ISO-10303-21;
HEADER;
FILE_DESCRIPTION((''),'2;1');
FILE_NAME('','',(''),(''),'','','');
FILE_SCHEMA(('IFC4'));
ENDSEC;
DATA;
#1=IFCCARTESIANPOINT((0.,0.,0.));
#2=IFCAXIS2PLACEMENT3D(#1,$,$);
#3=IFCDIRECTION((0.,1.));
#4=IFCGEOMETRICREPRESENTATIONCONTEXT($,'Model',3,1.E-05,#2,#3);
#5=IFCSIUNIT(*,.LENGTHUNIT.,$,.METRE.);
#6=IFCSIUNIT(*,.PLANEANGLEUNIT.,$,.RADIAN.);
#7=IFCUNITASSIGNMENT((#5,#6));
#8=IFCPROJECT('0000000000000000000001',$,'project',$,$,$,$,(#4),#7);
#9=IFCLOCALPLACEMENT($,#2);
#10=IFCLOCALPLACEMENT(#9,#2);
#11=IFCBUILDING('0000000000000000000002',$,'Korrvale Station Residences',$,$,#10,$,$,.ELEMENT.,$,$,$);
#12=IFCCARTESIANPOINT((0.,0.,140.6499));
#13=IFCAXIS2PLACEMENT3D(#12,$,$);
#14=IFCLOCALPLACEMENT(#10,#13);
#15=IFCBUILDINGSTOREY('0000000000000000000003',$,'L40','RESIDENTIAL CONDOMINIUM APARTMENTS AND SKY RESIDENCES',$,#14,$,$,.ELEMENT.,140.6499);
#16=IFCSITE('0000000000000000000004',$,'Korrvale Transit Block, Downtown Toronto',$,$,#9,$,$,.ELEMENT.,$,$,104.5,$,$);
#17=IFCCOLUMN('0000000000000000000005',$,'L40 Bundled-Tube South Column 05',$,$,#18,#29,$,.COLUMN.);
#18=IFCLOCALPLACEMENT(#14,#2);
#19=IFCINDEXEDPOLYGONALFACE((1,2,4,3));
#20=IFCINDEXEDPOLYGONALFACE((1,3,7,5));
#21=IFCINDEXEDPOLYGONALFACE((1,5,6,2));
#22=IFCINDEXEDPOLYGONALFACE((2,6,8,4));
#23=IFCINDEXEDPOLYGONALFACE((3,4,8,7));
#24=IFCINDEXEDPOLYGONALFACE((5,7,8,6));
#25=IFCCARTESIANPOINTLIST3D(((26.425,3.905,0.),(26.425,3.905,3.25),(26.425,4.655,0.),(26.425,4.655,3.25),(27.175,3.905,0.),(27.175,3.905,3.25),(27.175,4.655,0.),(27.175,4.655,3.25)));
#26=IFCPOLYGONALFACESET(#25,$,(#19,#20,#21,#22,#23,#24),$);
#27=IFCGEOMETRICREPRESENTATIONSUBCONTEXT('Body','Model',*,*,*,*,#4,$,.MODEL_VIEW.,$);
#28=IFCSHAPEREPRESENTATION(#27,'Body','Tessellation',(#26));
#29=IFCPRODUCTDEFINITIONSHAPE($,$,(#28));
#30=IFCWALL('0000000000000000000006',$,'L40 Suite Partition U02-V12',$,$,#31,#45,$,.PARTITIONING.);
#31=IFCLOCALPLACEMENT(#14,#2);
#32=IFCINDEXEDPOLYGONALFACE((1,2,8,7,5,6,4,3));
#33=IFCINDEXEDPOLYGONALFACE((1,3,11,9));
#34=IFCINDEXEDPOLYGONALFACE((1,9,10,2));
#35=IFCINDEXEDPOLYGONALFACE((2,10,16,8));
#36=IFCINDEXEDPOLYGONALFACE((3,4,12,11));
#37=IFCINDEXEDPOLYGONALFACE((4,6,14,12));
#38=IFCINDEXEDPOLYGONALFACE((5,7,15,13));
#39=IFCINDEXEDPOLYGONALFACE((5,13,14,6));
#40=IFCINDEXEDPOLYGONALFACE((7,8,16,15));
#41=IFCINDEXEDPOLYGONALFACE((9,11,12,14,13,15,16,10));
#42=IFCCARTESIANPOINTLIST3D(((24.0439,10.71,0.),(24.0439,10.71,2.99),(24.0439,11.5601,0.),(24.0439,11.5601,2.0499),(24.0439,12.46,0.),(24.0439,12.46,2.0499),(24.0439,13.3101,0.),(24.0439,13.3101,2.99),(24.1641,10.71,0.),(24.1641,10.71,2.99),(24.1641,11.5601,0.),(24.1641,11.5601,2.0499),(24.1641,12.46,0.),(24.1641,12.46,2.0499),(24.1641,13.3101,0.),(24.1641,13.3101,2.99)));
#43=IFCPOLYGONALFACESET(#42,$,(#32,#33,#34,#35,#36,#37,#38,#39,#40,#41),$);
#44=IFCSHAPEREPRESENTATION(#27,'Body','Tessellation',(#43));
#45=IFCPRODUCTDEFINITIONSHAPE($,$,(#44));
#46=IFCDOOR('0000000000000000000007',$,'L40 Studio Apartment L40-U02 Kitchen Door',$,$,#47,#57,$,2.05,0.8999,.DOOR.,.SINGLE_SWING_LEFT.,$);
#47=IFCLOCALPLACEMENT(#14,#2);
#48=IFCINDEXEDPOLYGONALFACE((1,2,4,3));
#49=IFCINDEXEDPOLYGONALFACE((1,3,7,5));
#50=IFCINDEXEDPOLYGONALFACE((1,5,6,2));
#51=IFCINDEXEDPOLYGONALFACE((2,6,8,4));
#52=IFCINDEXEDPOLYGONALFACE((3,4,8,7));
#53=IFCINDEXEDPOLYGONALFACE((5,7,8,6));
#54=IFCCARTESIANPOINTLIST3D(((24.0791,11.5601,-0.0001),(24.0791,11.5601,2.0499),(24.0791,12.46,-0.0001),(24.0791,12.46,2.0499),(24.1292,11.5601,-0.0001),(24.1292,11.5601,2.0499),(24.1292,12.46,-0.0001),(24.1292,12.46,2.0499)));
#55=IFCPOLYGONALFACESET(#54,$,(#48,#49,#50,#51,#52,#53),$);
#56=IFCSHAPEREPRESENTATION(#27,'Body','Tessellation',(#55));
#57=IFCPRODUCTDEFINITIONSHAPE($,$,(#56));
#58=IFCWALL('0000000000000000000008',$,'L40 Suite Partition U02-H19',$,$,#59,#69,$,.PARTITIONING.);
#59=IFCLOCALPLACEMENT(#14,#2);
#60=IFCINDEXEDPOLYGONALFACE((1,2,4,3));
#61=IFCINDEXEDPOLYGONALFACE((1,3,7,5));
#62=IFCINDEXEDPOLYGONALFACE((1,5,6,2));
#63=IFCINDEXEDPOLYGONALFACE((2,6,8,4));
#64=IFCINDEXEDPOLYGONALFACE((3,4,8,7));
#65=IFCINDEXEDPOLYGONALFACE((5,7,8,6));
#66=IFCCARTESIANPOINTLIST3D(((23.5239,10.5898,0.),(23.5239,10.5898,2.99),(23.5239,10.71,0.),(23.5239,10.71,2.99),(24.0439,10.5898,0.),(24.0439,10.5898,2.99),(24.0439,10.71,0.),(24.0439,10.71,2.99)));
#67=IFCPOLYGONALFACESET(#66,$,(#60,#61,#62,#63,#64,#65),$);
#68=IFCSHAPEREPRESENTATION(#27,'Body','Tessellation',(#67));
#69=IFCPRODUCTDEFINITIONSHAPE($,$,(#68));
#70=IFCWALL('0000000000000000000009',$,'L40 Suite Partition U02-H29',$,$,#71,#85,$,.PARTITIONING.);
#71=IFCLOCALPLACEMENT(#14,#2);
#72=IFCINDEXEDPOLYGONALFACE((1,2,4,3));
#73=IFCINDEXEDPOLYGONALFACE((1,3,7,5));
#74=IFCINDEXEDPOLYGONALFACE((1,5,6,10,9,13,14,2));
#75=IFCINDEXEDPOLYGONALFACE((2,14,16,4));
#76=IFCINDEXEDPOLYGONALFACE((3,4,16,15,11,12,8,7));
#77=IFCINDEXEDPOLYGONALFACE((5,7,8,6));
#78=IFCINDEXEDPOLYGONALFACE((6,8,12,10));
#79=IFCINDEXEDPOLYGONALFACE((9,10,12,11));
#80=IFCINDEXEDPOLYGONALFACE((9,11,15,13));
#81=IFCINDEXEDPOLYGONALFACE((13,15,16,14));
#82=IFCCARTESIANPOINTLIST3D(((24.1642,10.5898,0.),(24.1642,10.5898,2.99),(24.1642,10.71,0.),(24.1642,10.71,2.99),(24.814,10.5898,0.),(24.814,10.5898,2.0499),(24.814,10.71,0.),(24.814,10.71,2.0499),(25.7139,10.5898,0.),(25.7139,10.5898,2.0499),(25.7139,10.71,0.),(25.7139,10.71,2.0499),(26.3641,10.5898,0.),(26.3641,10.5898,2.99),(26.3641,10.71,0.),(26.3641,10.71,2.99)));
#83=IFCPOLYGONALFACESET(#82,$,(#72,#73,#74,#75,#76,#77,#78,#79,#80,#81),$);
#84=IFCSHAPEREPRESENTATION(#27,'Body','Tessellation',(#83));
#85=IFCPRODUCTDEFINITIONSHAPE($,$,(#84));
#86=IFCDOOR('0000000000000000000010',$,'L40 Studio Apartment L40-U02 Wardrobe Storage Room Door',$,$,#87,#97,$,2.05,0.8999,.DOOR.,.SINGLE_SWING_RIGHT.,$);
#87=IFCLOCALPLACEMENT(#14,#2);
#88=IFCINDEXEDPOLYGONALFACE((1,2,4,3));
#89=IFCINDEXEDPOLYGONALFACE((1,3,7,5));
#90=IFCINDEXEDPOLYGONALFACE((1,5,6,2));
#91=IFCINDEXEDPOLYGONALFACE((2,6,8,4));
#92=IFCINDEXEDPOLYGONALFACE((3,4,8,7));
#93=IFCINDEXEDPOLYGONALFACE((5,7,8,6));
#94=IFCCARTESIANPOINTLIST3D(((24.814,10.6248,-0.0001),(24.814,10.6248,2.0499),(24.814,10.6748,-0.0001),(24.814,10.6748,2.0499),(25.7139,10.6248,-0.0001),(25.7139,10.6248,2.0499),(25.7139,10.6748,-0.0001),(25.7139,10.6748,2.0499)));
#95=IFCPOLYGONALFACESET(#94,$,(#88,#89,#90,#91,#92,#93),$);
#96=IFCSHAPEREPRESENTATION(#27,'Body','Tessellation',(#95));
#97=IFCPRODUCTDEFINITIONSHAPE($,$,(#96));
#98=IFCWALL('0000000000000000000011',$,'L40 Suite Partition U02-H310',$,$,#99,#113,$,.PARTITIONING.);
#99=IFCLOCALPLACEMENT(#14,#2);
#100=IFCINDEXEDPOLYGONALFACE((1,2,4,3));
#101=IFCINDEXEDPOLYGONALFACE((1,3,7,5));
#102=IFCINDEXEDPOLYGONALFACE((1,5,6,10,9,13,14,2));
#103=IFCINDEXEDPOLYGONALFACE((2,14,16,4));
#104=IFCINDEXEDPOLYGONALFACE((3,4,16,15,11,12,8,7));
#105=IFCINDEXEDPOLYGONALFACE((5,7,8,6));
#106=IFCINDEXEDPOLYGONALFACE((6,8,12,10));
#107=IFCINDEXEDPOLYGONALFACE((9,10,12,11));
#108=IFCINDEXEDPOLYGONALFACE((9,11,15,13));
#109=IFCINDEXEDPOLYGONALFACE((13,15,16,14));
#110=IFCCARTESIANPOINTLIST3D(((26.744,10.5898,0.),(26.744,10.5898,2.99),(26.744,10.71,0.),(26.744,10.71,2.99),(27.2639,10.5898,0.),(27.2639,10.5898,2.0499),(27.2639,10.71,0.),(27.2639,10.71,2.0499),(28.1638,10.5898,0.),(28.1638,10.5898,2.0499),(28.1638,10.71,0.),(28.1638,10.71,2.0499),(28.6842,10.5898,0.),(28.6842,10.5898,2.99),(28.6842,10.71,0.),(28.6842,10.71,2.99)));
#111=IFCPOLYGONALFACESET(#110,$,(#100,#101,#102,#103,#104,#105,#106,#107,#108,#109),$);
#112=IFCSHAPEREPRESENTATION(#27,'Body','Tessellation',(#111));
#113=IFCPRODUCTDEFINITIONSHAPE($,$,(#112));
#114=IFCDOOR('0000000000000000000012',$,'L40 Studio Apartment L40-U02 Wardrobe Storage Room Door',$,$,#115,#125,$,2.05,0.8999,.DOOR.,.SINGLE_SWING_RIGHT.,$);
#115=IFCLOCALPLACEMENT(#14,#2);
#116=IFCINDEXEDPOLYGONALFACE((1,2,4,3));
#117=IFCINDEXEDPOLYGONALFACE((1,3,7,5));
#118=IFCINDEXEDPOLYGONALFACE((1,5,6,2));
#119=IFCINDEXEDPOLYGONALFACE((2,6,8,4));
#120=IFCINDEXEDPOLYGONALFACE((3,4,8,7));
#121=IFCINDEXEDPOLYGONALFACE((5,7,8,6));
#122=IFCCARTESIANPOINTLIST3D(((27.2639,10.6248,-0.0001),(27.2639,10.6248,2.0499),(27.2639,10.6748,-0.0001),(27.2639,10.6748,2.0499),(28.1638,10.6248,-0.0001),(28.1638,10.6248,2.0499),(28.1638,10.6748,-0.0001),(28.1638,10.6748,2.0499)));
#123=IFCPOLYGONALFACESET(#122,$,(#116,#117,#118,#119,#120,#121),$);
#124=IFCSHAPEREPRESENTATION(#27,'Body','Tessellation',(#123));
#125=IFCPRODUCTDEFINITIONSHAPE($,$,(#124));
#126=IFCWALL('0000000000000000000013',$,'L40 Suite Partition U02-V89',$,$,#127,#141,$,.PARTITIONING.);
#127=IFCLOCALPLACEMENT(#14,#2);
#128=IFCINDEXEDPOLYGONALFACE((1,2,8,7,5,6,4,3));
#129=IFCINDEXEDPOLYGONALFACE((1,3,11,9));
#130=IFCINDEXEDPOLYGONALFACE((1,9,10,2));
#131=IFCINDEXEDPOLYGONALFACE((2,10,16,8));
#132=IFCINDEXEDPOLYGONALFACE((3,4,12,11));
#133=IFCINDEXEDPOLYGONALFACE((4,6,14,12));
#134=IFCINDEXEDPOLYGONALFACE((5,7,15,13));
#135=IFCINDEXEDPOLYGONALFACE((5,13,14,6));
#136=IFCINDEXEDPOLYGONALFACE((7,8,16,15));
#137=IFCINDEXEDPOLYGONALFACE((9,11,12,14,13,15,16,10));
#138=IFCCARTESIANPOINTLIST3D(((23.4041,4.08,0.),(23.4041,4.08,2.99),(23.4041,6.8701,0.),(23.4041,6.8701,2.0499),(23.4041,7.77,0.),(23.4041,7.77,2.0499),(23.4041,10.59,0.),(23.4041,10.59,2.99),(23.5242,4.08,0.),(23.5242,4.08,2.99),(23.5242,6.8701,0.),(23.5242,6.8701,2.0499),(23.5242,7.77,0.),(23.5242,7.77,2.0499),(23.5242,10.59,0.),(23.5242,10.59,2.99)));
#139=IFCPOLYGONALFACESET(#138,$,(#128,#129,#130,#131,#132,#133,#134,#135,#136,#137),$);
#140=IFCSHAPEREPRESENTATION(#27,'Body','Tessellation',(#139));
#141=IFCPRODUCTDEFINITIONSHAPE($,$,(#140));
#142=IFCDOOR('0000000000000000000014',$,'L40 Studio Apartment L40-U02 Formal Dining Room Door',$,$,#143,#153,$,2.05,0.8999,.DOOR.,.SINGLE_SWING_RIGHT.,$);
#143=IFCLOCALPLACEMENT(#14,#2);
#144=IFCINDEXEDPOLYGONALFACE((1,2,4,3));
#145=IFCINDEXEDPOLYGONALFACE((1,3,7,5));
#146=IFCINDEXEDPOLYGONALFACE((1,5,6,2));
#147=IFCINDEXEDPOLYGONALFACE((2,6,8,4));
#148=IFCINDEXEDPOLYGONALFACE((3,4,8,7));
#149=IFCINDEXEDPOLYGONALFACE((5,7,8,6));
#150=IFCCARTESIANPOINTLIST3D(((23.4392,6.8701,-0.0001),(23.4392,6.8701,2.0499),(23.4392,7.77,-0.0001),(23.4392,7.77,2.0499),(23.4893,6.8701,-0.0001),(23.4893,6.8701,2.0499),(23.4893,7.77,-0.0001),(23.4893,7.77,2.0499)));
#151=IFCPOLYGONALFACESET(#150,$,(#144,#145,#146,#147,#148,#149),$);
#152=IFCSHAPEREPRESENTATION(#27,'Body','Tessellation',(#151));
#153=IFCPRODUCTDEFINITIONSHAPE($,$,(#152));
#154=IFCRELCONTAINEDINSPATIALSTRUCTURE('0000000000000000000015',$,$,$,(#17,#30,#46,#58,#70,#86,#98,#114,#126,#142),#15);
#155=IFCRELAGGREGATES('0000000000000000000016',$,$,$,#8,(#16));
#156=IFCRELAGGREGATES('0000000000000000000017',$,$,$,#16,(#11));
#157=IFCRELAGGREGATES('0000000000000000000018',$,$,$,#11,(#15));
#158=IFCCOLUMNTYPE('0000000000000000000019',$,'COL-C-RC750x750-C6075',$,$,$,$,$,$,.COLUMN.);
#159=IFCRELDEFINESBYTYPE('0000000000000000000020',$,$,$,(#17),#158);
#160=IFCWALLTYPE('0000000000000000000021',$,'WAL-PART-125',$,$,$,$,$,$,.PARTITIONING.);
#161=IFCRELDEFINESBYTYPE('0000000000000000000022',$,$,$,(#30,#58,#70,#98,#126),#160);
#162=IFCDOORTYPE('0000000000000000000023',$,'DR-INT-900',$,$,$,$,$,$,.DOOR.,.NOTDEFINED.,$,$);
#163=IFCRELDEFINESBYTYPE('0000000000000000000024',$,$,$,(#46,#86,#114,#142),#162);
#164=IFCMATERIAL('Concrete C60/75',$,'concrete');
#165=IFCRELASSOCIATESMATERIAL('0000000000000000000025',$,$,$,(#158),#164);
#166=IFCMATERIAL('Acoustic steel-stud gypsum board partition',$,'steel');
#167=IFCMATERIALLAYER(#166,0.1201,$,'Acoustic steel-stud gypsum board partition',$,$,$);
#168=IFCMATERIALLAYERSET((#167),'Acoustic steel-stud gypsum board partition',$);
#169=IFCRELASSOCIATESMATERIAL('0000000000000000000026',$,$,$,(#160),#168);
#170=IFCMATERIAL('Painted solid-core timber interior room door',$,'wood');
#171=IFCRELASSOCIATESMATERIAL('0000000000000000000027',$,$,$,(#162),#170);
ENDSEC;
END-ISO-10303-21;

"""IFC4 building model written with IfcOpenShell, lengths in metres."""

from ifc_helpers import new_model, si_unit, direction, frame, frame_2d, origin, origin_2d, place, context, subcontext, project, spatial, rectangle, extrude, material, layer, layer_set, material_profile, profile_set, type_object, element, fill, save


model = new_model("IFC4")

# Units and contexts
model_context = context("Model", 3, precision=1e-05, world=origin(), true_north=direction((0.0, 1.0)))
body_context = subcontext(model_context, "Body", "Model", "MODEL_VIEW")
ifc_project = project(units=[si_unit("LENGTHUNIT", "METRE"), si_unit("PLANEANGLEUNIT", "RADIAN")], contexts=[model_context])

# Site, building, storey
site_placement = place(None, origin())
site = spatial("IfcSite", under=ifc_project, at=site_placement, Name="Korrvale Transit Block, Downtown Toronto", CompositionType="ELEMENT", RefElevation=104.5)
building_placement = place(site_placement, origin())
building = spatial("IfcBuilding", under=site, at=building_placement, Name="Korrvale Station Residences", CompositionType="ELEMENT")
storey_placement = place(building_placement, frame((0.0, 0.0, 140.6499)))
storey = spatial("IfcBuildingStorey", under=building, at=storey_placement, Name="L40", Description="RESIDENTIAL CONDOMINIUM APARTMENTS AND SKY RESIDENCES", CompositionType="ELEMENT", Elevation=140.6499)

# Column
ifc_material_1 = material(Name="Concrete C60/75", Category="concrete")
ifc_material_profile = material_profile(ifc_material_1, rectangle(XDim=0.75, YDim=0.75, at=origin_2d()), Name="RC750x750")
ifc_profile_set = profile_set([ifc_material_profile], Name="Concrete C60/75")
column_type = type_object("IfcColumnType", Name="COL-C-RC750x750-C6075", PredefinedType="COLUMN", material=ifc_profile_set)
column_placement = place(storey_placement, frame((26.8, 4.28, 0.0), z_axis=(0.0, 0.0, 1.0), x_axis=(1.0, 0.0, 0.0)))
element("IfcColumn", 1, at=column_placement, inside=storey, type_object=column_type, Name="L40 Bundled-Tube South Column 05", PredefinedType="COLUMN", context=body_context, shape_type="SweptSolid", body=[
    extrude(rectangle(XDim=0.75, YDim=0.75, at=origin_2d()), origin(), (0.0, 0.0, 1.0), 3.25),
])

# Wall, opening, door
ifc_material_2 = material(Name="Acoustic steel-stud gypsum board partition", Category="steel")
ifc_layer_1 = layer(ifc_material_2, 0.1201, Name="Acoustic steel-stud gypsum board partition")
ifc_layer_set_1 = layer_set([ifc_layer_1], Name="Acoustic steel-stud gypsum board partition")
wall_type = type_object("IfcWallType", Name="WAL-PART-125", PredefinedType="PARTITIONING", material=ifc_layer_set_1)
wall_1_placement = place(storey_placement, frame((24.104, 10.71, 0.0), z_axis=(0.0, 0.0, 1.0), x_axis=(0.0, 1.0, 0.0)))
wall_1 = element("IfcWall", 2, at=wall_1_placement, inside=storey, type_object=wall_type, Name="L40 Suite Partition U02-V12", PredefinedType="PARTITIONING", context=body_context, shape_type="SweptSolid", body=[
    extrude(rectangle(XDim=2.6001, YDim=0.1201, at=frame_2d((1.3, 0.0))), origin(), (0.0, 0.0, 1.0), 2.99),
])
opening_1_placement = place(wall_1_placement, frame((0.8501, 0.0, 0.0)))
opening_1 = element("IfcOpeningElement", 3, at=opening_1_placement, cuts=wall_1, PredefinedType="OPENING", context=body_context, shape_type="SweptSolid", body=[
    extrude(rectangle(XDim=0.8999, YDim=2.05, at=frame_2d((0.45, 1.0249))), frame((0.0, 0.0701, 0.0), z_axis=(0.0, -1.0, 0.0), x_axis=(1.0, 0.0, 0.0)), (0.0, 0.0, 1.0), 0.1401),
])
ifc_material_3 = material(Name="Painted solid-core timber interior room door", Category="wood")
door_type = type_object("IfcDoorType", Name="DR-INT-900", OperationType="NOTDEFINED", PredefinedType="DOOR", material=ifc_material_3)
door_1_placement = place(opening_1_placement, origin())
door_1 = element("IfcDoor", 4, at=door_1_placement, inside=storey, type_object=door_type, Name="L40 Studio Apartment L40-U02 Kitchen Door", OperationType="SINGLE_SWING_LEFT", OverallHeight=2.05, OverallWidth=0.8999, PredefinedType="DOOR", context=body_context, shape_type="SweptSolid", body=[
    extrude(rectangle(XDim=0.8999, YDim=2.05, at=frame_2d((0.45, 1.0249))), frame((0.0, 0.0249, 0.0), z_axis=(0.0, -1.0, 0.0), x_axis=(1.0, 0.0, 0.0)), (0.0, 0.0, 1.0), 0.05),
])
fill(opening_1, door_1)

# Wall
wall_2_placement = place(storey_placement, frame((23.5239, 10.6499, 0.0), z_axis=(0.0, 0.0, 1.0), x_axis=(1.0, 0.0, 0.0)))
element("IfcWall", 5, at=wall_2_placement, inside=storey, type_object=wall_type, Name="L40 Suite Partition U02-H19", PredefinedType="PARTITIONING", context=body_context, shape_type="SweptSolid", body=[
    extrude(rectangle(XDim=0.52, YDim=0.1201, at=frame_2d((0.26, 0.0))), origin(), (0.0, 0.0, 1.0), 2.99),
])

# Walls, openings, doors
wall_3_placement = place(storey_placement, frame((24.1641, 10.6499, 0.0), z_axis=(0.0, 0.0, 1.0), x_axis=(1.0, 0.0, 0.0)))
wall_3 = element("IfcWall", 6, at=wall_3_placement, inside=storey, type_object=wall_type, Name="L40 Suite Partition U02-H29", PredefinedType="PARTITIONING", context=body_context, shape_type="SweptSolid", body=[
    extrude(rectangle(XDim=2.2, YDim=0.1201, at=frame_2d((1.1001, 0.0))), origin(), (0.0, 0.0, 1.0), 2.99),
])
opening_2_placement = place(wall_3_placement, frame((0.6499, 0.0, 0.0)))
opening_2 = element("IfcOpeningElement", 7, at=opening_2_placement, cuts=wall_3, PredefinedType="OPENING", context=body_context, shape_type="SweptSolid", body=[
    extrude(rectangle(XDim=0.8999, YDim=2.05, at=frame_2d((0.45, 1.0249))), frame((0.0, 0.0701, 0.0), z_axis=(0.0, -1.0, 0.0), x_axis=(1.0, 0.0, 0.0)), (0.0, 0.0, 1.0), 0.1401),
])
door_2_placement = place(opening_2_placement, origin())
door_2 = element("IfcDoor", 8, at=door_2_placement, inside=storey, type_object=door_type, Name="L40 Studio Apartment L40-U02 Wardrobe Storage Room Door", OperationType="SINGLE_SWING_RIGHT", OverallHeight=2.05, OverallWidth=0.8999, PredefinedType="DOOR", context=body_context, shape_type="SweptSolid", body=[
    extrude(rectangle(XDim=0.8999, YDim=2.05, at=frame_2d((0.45, 1.0249))), frame((0.0, 0.0249, 0.0), z_axis=(0.0, -1.0, 0.0), x_axis=(1.0, 0.0, 0.0)), (0.0, 0.0, 1.0), 0.05),
])
fill(opening_2, door_2)
wall_4_placement = place(storey_placement, frame((26.7439, 10.6499, 0.0), z_axis=(0.0, 0.0, 1.0), x_axis=(1.0, 0.0, 0.0)))
wall_4 = element("IfcWall", 9, at=wall_4_placement, inside=storey, type_object=wall_type, Name="L40 Suite Partition U02-H310", PredefinedType="PARTITIONING", context=body_context, shape_type="SweptSolid", body=[
    extrude(rectangle(XDim=1.9402, YDim=0.1201, at=frame_2d((0.9702, 0.0))), origin(), (0.0, 0.0, 1.0), 2.99),
])
opening_3_placement = place(wall_4_placement, frame((0.52, 0.0, 0.0)))
opening_3 = element("IfcOpeningElement", 10, at=opening_3_placement, cuts=wall_4, PredefinedType="OPENING", context=body_context, shape_type="SweptSolid", body=[
    extrude(rectangle(XDim=0.8999, YDim=2.05, at=frame_2d((0.45, 1.0249))), frame((0.0, 0.0701, 0.0), z_axis=(0.0, -1.0, 0.0), x_axis=(1.0, 0.0, 0.0)), (0.0, 0.0, 1.0), 0.1401),
])
door_3_placement = place(opening_3_placement, origin())
door_3 = element("IfcDoor", 11, at=door_3_placement, inside=storey, type_object=door_type, Name="L40 Studio Apartment L40-U02 Wardrobe Storage Room Door", OperationType="SINGLE_SWING_RIGHT", OverallHeight=2.05, OverallWidth=0.8999, PredefinedType="DOOR", context=body_context, shape_type="SweptSolid", body=[
    extrude(rectangle(XDim=0.8999, YDim=2.05, at=frame_2d((0.45, 1.0249))), frame((0.0, 0.0249, 0.0), z_axis=(0.0, -1.0, 0.0), x_axis=(1.0, 0.0, 0.0)), (0.0, 0.0, 1.0), 0.05),
])
fill(opening_3, door_3)
wall_5_placement = place(storey_placement, frame((23.4641, 4.0801, 0.0), z_axis=(0.0, 0.0, 1.0), x_axis=(0.0, 1.0, 0.0)))
wall_5 = element("IfcWall", 12, at=wall_5_placement, inside=storey, type_object=wall_type, Name="L40 Suite Partition U02-V89", PredefinedType="PARTITIONING", context=body_context, shape_type="SweptSolid", body=[
    extrude(rectangle(XDim=6.51, YDim=0.1201, at=frame_2d((3.2549, 0.0))), origin(), (0.0, 0.0, 1.0), 2.99),
])
opening_4_placement = place(wall_5_placement, frame((2.79, 0.0, 0.0)))
opening_4 = element("IfcOpeningElement", 13, at=opening_4_placement, cuts=wall_5, PredefinedType="OPENING", context=body_context, shape_type="SweptSolid", body=[
    extrude(rectangle(XDim=0.8999, YDim=2.05, at=frame_2d((0.45, 1.0249))), frame((0.0, 0.0701, 0.0), z_axis=(0.0, -1.0, 0.0), x_axis=(1.0, 0.0, 0.0)), (0.0, 0.0, 1.0), 0.1401),
])
door_4_placement = place(opening_4_placement, origin())
door_4 = element("IfcDoor", 14, at=door_4_placement, inside=storey, type_object=door_type, Name="L40 Studio Apartment L40-U02 Formal Dining Room Door", OperationType="SINGLE_SWING_RIGHT", OverallHeight=2.05, OverallWidth=0.8999, PredefinedType="DOOR", context=body_context, shape_type="SweptSolid", body=[
    extrude(rectangle(XDim=0.8999, YDim=2.05, at=frame_2d((0.45, 1.0249))), frame((0.0, 0.0249, 0.0), z_axis=(0.0, -1.0, 0.0), x_axis=(1.0, 0.0, 0.0)), (0.0, 0.0, 1.0), 0.05),
])
fill(opening_4, door_4)

save(model, "model.ifc")
